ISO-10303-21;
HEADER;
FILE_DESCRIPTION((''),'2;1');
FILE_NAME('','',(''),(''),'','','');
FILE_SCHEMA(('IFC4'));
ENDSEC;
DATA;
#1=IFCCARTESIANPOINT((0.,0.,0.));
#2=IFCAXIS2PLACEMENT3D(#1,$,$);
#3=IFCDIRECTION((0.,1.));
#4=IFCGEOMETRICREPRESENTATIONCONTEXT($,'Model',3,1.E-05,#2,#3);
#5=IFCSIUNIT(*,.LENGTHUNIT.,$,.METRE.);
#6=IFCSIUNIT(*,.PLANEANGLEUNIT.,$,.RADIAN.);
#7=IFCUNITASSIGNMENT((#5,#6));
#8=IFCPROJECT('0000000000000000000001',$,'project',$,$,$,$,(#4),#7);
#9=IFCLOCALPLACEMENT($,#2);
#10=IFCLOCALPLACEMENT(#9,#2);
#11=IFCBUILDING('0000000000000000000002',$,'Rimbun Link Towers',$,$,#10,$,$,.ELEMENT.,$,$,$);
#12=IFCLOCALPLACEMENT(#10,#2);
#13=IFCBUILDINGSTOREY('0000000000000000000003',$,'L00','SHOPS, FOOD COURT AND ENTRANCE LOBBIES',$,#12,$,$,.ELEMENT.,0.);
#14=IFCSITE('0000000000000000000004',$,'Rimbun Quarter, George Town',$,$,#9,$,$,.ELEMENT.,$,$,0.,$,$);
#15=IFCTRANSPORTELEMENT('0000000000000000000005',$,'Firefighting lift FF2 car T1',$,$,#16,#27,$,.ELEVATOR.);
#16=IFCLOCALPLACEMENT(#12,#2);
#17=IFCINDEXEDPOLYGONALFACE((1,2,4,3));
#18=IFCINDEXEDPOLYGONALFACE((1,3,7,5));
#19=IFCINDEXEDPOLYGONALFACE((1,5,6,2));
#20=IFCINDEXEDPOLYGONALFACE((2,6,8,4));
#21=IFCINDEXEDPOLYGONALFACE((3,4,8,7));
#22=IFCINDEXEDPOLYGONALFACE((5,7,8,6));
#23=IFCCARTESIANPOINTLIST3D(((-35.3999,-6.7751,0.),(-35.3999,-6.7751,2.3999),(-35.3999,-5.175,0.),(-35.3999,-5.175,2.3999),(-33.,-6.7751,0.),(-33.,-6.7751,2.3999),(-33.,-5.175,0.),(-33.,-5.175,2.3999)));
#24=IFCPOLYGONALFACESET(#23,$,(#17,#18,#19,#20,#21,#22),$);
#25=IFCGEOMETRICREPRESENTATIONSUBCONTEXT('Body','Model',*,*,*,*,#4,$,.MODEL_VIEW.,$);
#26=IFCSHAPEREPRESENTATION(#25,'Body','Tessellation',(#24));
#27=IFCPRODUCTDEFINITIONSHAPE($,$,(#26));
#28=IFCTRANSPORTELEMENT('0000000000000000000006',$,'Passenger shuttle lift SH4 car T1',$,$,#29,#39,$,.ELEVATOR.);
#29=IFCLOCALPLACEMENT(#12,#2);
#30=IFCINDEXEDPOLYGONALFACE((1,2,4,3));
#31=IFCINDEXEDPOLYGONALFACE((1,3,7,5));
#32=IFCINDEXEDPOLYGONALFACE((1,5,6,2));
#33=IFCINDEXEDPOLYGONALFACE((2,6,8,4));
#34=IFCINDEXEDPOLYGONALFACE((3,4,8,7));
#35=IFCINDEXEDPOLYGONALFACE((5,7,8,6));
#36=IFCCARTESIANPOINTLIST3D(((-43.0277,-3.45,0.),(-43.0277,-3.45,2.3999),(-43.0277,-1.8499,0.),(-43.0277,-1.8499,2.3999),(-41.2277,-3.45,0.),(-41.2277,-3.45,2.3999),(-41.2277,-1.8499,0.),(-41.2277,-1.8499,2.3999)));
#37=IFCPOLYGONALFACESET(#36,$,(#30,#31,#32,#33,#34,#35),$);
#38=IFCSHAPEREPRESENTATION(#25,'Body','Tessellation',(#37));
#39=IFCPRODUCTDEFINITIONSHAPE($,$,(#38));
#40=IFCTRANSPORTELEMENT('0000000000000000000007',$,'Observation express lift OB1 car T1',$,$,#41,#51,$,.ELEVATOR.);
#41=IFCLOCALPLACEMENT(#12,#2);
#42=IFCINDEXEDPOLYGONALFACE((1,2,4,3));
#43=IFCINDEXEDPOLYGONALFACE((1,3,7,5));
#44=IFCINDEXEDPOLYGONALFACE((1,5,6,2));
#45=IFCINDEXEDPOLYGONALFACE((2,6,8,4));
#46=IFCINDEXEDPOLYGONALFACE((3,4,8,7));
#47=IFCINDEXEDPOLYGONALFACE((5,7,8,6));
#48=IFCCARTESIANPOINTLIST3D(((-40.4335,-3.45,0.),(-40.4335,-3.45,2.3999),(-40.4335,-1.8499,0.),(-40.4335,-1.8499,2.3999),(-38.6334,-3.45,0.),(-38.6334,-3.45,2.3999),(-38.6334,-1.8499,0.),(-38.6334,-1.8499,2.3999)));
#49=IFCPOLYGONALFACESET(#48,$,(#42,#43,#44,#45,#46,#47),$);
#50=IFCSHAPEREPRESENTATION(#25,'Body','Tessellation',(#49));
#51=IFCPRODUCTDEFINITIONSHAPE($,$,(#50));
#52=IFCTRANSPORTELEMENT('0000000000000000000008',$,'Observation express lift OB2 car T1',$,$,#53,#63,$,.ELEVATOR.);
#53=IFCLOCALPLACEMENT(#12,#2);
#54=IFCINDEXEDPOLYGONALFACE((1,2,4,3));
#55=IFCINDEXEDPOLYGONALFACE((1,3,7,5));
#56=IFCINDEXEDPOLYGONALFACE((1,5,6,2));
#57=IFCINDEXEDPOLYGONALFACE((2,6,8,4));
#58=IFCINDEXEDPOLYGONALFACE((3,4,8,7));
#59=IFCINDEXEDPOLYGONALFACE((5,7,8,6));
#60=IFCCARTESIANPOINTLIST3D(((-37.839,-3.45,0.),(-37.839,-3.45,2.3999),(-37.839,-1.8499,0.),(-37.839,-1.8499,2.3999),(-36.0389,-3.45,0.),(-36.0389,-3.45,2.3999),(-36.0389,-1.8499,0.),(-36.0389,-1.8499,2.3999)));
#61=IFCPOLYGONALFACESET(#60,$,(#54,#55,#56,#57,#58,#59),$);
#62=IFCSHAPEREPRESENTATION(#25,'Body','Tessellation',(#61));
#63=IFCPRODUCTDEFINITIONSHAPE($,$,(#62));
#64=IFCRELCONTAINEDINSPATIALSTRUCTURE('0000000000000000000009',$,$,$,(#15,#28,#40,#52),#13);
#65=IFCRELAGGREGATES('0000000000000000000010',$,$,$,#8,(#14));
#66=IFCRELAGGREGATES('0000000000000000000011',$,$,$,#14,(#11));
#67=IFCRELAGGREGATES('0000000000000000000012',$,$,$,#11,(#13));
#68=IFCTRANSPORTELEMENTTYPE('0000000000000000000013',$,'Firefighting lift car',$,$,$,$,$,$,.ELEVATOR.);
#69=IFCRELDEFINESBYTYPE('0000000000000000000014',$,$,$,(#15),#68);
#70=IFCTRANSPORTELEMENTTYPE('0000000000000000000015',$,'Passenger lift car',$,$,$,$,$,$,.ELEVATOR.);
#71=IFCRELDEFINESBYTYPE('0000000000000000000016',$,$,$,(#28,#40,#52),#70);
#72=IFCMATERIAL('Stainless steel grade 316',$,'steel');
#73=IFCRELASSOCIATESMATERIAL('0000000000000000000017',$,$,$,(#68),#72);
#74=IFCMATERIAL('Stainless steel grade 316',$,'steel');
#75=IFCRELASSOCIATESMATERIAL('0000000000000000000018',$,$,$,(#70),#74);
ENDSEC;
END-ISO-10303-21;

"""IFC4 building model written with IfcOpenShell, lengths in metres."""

from ifc_helpers import new_model, si_unit, direction, frame, origin, origin_2d, place, context, subcontext, project, spatial, rectangle, extrude, material, type_object, element, save


model = new_model("IFC4")

# Units and contexts
model_context = context("Model", 3, precision=1e-05, world=origin(), true_north=direction((0.0, 1.0)))
body_context = subcontext(model_context, "Body", "Model", "MODEL_VIEW")
ifc_project = project(units=[si_unit("LENGTHUNIT", "METRE"), si_unit("PLANEANGLEUNIT", "RADIAN")], contexts=[model_context])

# Site, building, storey
site_placement = place(None, origin())
site = spatial("IfcSite", under=ifc_project, at=site_placement, Name="Rimbun Quarter, George Town", CompositionType="ELEMENT", RefElevation=0.0)
building_placement = place(site_placement, origin())
building = spatial("IfcBuilding", under=site, at=building_placement, Name="Rimbun Link Towers", CompositionType="ELEMENT")
storey_placement = place(building_placement, origin())
storey = spatial("IfcBuildingStorey", under=building, at=storey_placement, Name="L00", Description="SHOPS, FOOD COURT AND ENTRANCE LOBBIES", CompositionType="ELEMENT", Elevation=0.0)

# Transport elements
ifc_material_1 = material(Name="Stainless steel grade 316", Category="steel")
transport_element_type_1 = type_object("IfcTransportElementType", Name="Firefighting lift car", PredefinedType="ELEVATOR", material=ifc_material_1)
transport_element_placement = place(storey_placement, frame((-34.2, -5.9751, 0.0), z_axis=(0.0, 0.0, 1.0), x_axis=(1.0, 0.0, 0.0)))
element("IfcTransportElement", 1, at=transport_element_placement, inside=storey, type_object=transport_element_type_1, Name="Firefighting lift FF2 car T1", PredefinedType="ELEVATOR", context=body_context, shape_type="SweptSolid", body=[
    extrude(rectangle(XDim=2.3999, YDim=1.6001, at=origin_2d()), origin(), (0.0, 0.0, 1.0), 2.3999),
])
ifc_material_2 = material(Name="Stainless steel grade 316", Category="steel")
transport_element_type_2 = type_object("IfcTransportElementType", Name="Passenger lift car", PredefinedType="ELEVATOR", material=ifc_material_2)
for number, where, z_axis, x_axis, name in (
    (2, (-42.1277, -2.6499, 0.0), (0.0, 0.0, 1.0), (1.0, 0.0, 0.0), "Passenger shuttle lift SH4 car T1"),
    (3, (-39.5334, -2.6499, 0.0), (0.0, 0.0, 1.0), (1.0, 0.0, 0.0), "Observation express lift OB1 car T1"),
    (4, (-36.939, -2.6499, 0.0), (0.0, 0.0, 1.0), (1.0, 0.0, 0.0), "Observation express lift OB2 car T1"),
):
    element("IfcTransportElement", number, at=place(storey_placement, frame(where, z_axis=z_axis, x_axis=x_axis)), inside=storey, type_object=transport_element_type_2, Name=name, PredefinedType="ELEVATOR", context=body_context, shape_type="SweptSolid", body=[
        extrude(rectangle(XDim=1.8, YDim=1.6001, at=origin_2d()), origin(), (0.0, 0.0, 1.0), 2.3999),
    ])

save(model, "model.ifc")
